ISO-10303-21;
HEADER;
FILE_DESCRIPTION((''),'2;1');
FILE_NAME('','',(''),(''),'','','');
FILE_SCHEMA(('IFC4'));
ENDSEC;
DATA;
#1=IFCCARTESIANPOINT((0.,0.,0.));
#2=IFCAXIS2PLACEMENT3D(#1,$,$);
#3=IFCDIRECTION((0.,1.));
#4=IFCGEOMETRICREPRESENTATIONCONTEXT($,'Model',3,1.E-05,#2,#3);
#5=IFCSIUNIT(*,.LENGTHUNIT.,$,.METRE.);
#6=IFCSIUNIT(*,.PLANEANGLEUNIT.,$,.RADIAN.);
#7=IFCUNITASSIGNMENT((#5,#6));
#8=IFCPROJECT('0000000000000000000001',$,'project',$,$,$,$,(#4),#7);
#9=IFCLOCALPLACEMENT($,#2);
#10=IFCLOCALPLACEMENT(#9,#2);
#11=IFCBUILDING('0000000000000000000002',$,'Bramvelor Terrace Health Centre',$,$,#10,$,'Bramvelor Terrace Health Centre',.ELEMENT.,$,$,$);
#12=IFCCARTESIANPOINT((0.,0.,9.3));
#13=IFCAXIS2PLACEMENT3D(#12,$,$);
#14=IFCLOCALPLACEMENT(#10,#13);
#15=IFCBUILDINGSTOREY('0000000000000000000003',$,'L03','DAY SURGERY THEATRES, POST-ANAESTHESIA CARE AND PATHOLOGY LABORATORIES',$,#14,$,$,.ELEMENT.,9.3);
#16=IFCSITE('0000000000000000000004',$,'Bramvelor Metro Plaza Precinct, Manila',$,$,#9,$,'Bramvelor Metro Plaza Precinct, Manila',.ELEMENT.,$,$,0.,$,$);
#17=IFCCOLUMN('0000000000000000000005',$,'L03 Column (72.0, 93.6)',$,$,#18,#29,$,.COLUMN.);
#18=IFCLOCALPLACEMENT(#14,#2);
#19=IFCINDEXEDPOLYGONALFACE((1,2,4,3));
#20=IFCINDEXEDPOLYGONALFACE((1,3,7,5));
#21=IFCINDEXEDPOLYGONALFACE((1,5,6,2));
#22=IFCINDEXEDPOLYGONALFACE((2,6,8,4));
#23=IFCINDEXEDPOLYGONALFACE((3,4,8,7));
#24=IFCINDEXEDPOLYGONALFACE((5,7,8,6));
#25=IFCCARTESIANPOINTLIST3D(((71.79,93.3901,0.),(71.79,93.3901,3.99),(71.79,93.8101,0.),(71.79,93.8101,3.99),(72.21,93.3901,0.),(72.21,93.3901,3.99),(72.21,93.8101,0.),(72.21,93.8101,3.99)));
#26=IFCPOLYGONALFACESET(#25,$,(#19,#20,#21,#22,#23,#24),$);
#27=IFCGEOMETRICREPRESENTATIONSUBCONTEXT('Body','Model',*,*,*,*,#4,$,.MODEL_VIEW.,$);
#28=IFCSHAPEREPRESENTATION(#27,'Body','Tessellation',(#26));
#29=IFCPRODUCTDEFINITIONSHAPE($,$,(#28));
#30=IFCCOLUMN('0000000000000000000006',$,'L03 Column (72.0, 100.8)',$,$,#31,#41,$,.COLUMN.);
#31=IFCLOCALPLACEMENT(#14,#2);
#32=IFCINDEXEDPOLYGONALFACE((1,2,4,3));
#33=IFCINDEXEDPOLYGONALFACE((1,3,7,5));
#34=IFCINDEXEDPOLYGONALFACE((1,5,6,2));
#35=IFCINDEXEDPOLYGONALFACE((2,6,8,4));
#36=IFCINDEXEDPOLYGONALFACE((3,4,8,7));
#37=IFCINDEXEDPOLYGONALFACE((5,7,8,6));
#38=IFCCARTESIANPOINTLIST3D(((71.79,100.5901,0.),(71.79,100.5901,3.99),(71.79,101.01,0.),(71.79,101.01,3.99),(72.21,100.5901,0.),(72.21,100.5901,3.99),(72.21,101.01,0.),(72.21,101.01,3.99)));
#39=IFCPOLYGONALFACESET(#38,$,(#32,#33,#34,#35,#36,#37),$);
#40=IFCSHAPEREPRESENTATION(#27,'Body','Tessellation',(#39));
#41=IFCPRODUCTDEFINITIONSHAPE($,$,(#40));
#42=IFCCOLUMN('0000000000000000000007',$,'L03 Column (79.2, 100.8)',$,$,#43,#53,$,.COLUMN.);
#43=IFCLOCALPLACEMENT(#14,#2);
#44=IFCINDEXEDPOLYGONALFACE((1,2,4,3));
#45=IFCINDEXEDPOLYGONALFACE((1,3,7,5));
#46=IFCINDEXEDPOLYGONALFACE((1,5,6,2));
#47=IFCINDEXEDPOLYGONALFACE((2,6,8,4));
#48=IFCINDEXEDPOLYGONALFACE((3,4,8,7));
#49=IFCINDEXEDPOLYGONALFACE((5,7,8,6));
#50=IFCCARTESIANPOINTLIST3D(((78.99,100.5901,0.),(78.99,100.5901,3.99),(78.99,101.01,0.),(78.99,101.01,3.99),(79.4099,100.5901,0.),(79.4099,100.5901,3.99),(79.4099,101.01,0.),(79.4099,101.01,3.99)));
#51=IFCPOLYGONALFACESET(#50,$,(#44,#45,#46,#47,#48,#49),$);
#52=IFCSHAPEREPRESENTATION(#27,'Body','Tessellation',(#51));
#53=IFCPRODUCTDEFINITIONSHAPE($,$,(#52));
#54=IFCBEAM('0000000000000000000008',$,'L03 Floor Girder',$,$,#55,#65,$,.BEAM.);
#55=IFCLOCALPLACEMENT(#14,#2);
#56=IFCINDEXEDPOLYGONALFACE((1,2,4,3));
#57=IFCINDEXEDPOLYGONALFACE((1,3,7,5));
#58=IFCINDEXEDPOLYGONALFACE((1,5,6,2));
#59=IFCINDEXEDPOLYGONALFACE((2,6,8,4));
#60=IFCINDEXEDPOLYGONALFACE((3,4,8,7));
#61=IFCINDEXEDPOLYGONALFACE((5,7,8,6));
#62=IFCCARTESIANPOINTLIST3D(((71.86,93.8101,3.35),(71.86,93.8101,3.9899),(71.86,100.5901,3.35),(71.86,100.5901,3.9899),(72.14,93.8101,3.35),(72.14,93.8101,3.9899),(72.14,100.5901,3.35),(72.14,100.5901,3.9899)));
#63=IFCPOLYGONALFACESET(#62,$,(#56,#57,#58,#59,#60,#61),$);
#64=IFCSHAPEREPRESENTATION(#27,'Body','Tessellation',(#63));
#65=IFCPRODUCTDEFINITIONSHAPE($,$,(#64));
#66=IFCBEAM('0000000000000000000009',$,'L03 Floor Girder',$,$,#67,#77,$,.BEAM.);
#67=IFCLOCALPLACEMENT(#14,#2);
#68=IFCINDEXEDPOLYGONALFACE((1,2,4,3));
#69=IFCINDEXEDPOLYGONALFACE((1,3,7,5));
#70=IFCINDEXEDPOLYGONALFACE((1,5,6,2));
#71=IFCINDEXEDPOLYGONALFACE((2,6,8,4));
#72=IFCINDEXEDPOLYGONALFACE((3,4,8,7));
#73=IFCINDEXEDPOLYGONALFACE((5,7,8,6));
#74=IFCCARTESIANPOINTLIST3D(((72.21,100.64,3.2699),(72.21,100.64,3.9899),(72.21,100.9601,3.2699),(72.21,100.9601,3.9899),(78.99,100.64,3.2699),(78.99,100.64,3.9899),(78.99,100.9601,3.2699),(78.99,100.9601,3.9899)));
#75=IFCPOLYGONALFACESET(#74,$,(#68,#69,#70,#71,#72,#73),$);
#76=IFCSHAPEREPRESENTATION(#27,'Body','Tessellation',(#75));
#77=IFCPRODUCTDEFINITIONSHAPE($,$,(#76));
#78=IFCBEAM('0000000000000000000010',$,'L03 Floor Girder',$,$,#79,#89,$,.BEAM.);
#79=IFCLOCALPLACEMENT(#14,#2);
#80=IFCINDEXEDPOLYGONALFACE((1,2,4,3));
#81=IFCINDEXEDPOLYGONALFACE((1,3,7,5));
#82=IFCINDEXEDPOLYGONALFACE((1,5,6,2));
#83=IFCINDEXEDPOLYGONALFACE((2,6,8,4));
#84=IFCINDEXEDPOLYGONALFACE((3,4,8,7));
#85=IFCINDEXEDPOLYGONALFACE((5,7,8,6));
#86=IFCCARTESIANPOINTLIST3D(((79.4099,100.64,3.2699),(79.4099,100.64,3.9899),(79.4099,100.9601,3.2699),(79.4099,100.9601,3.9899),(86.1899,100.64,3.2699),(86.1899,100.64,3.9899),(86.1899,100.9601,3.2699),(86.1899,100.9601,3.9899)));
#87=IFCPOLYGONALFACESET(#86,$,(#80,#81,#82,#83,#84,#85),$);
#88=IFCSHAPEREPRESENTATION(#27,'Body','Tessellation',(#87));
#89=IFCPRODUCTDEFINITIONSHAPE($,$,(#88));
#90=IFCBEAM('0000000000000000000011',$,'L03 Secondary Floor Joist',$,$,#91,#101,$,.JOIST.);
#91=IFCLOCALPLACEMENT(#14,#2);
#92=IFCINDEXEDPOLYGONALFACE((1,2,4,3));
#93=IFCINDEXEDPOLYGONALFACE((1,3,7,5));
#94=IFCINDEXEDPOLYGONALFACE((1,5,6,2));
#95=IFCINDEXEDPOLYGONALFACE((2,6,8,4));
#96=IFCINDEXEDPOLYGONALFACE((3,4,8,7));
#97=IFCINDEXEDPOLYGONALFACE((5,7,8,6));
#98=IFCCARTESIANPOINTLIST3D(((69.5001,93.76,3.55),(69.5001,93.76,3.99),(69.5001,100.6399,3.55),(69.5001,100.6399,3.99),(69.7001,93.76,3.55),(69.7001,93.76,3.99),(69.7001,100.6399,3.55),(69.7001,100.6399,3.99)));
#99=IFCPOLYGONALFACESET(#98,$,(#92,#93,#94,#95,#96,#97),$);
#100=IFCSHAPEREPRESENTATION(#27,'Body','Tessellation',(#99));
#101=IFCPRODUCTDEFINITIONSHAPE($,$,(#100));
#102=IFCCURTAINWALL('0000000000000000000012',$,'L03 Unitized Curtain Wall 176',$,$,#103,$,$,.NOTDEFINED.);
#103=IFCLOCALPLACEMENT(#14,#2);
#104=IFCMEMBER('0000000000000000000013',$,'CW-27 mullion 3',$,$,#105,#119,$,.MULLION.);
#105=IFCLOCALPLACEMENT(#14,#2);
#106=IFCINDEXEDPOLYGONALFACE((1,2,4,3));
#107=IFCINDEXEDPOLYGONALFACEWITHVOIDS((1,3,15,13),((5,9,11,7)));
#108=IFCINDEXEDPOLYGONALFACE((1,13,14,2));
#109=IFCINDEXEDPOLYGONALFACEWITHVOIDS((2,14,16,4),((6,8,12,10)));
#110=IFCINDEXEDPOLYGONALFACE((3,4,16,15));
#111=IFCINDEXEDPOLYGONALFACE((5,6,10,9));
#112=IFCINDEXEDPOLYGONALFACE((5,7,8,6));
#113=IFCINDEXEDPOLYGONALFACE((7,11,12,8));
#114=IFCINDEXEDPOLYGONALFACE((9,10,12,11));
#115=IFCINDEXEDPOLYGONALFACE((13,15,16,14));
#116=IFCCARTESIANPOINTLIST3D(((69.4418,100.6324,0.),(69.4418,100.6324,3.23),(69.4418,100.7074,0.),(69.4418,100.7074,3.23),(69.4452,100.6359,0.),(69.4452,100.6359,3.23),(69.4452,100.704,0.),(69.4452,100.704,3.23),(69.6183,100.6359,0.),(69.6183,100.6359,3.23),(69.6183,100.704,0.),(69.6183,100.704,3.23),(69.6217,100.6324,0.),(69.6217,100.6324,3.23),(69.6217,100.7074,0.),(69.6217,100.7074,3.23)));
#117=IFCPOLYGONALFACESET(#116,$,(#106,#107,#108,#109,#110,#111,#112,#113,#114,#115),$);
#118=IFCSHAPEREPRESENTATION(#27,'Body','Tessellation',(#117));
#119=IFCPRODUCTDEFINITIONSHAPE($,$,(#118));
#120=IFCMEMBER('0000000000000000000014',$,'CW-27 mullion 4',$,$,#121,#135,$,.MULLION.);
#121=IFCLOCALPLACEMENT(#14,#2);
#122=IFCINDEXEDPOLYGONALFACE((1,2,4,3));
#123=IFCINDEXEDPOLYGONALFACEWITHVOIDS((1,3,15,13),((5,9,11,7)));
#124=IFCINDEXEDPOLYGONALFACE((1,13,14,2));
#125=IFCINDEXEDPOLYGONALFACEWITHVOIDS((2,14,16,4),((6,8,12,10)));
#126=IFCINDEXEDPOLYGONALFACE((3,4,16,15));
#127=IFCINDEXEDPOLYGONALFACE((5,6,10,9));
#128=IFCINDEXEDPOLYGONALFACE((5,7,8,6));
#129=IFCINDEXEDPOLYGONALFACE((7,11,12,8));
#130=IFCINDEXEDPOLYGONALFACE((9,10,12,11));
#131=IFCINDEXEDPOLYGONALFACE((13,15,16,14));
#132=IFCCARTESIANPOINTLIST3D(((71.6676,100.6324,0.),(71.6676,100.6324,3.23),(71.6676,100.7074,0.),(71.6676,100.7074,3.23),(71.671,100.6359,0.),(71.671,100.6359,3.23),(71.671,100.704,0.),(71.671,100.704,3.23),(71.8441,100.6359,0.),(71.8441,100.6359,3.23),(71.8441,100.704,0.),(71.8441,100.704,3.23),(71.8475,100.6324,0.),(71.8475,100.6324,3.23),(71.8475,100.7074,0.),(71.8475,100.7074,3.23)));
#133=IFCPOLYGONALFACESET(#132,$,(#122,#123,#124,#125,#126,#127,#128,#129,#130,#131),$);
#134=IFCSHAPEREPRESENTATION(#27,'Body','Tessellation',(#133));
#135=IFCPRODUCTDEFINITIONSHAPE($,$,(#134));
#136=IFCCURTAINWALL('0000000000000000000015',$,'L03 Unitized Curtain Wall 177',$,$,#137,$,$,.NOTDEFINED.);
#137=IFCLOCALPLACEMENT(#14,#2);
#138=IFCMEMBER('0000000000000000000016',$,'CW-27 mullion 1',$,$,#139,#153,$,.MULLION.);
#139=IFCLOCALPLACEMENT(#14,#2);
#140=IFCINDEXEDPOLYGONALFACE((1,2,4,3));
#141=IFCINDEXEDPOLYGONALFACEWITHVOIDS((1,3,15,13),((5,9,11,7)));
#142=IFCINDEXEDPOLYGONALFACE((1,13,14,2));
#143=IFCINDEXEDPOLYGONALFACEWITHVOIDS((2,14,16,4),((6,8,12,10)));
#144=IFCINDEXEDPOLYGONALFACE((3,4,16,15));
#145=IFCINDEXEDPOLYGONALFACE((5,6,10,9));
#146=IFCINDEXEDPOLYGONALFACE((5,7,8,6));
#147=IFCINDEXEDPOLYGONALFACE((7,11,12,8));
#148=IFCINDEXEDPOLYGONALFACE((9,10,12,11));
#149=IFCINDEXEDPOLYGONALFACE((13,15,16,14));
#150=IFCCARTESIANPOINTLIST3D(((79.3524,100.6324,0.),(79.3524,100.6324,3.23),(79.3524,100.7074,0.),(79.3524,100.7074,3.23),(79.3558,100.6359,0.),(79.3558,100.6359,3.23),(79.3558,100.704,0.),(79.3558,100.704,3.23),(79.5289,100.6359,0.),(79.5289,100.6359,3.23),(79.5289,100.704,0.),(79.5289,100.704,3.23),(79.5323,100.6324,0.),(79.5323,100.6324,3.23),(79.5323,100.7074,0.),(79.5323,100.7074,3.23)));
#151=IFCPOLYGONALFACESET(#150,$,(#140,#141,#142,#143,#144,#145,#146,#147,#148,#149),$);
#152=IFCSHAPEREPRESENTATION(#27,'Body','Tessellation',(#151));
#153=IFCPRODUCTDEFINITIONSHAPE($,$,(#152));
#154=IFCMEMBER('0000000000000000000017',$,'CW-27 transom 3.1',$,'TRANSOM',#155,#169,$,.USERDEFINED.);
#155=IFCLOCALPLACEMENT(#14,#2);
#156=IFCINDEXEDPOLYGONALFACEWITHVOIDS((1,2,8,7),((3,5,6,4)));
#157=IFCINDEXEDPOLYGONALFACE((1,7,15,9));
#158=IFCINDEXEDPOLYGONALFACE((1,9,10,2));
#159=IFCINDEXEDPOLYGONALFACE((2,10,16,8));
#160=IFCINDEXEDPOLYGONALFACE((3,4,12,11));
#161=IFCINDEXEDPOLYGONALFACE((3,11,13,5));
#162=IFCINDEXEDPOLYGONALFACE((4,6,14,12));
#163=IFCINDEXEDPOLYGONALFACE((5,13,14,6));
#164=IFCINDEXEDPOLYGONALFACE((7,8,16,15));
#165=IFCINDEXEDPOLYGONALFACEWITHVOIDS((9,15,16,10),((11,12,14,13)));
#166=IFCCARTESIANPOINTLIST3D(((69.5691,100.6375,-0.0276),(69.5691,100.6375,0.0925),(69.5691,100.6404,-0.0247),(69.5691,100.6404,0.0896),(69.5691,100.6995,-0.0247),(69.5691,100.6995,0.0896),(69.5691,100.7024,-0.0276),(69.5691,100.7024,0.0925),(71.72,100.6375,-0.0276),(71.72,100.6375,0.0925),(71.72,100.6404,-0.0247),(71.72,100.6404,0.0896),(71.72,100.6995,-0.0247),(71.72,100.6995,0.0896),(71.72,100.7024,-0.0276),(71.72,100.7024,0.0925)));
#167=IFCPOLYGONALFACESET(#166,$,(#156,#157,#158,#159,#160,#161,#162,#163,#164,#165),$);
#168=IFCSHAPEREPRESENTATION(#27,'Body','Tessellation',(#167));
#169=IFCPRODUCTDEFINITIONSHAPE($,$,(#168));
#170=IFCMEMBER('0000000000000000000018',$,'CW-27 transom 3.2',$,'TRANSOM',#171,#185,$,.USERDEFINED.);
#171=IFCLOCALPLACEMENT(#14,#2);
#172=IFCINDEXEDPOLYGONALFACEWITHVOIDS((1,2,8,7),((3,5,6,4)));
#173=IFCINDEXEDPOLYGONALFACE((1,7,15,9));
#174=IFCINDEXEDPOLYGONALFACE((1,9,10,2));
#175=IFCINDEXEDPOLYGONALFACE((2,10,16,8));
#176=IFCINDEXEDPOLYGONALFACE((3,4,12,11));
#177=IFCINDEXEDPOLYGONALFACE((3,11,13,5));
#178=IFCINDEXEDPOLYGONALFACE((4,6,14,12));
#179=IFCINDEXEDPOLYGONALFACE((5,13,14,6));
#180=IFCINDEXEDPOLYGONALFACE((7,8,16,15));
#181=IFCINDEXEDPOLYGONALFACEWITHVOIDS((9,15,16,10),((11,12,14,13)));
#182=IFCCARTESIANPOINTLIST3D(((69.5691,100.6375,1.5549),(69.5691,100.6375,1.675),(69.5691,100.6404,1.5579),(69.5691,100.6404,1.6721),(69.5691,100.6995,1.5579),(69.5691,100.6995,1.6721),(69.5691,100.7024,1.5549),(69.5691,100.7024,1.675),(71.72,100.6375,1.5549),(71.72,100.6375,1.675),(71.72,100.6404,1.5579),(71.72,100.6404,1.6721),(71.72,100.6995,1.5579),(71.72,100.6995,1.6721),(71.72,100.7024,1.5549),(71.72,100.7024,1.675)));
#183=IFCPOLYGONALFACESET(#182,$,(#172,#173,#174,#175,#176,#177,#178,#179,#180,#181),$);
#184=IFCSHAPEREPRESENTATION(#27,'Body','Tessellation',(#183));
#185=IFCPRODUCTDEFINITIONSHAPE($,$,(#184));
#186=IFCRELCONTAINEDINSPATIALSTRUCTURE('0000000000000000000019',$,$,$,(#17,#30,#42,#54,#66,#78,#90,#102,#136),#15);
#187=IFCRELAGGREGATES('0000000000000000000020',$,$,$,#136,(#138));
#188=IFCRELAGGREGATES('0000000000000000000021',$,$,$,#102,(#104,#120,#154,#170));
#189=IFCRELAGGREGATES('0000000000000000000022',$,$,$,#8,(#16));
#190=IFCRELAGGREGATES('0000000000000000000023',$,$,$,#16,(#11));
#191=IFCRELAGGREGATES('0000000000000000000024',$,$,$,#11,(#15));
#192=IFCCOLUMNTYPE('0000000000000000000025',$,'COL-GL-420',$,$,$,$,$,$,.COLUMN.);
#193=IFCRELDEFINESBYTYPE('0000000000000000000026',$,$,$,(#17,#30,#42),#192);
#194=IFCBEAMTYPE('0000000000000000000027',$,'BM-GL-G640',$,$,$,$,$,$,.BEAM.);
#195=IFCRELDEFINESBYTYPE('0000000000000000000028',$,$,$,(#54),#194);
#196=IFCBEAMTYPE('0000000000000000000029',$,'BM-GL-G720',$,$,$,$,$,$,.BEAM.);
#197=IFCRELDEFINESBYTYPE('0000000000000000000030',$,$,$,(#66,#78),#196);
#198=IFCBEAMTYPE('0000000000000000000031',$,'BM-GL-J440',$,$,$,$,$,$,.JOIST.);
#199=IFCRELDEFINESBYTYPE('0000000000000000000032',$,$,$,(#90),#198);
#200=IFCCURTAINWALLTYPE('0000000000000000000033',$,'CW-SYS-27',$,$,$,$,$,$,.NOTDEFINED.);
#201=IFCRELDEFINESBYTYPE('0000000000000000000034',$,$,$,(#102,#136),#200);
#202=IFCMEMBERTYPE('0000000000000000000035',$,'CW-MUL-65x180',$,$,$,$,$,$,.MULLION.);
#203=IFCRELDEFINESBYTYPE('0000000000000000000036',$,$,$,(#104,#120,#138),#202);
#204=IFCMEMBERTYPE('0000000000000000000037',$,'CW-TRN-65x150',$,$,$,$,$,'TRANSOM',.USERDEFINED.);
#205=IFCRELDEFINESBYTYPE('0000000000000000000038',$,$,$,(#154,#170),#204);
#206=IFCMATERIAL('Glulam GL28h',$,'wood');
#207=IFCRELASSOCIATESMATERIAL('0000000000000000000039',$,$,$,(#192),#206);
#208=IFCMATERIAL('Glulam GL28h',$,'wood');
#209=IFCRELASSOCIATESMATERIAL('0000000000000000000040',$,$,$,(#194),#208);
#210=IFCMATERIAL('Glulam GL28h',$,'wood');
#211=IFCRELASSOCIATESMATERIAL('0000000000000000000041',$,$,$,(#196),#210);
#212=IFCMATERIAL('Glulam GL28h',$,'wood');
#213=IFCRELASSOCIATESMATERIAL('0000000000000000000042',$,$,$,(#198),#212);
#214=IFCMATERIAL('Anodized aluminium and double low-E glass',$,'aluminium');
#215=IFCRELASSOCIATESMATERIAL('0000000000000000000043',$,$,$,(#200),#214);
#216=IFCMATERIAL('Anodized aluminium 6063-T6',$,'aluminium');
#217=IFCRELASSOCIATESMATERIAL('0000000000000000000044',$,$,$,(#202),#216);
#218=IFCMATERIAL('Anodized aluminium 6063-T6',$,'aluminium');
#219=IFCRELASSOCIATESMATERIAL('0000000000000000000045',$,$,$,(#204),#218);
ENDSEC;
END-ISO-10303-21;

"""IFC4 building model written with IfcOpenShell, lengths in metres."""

from ifc_helpers import new_model, si_unit, direction, frame, origin, origin_2d, place, context, subcontext, project, spatial, rectangle, hollow_rectangle, extrude, material, material_profile, profile_set, type_object, element, aggregate, save


model = new_model("IFC4")

# Units and contexts
model_context = context("Model", 3, precision=1e-05, world=origin(), true_north=direction((0.0, 1.0)))
body_context = subcontext(model_context, "Body", "Model", "MODEL_VIEW")
ifc_project = project(units=[si_unit("LENGTHUNIT", "METRE"), si_unit("PLANEANGLEUNIT", "RADIAN")], contexts=[model_context])

# Site, building, storey
site_placement = place(None, origin())
site = spatial("IfcSite", under=ifc_project, at=site_placement, Name="Bramvelor Metro Plaza Precinct, Manila", LongName="Bramvelor Metro Plaza Precinct, Manila", CompositionType="ELEMENT", RefElevation=0.0)
building_placement = place(site_placement, origin())
building = spatial("IfcBuilding", under=site, at=building_placement, Name="Bramvelor Terrace Health Centre", LongName="Bramvelor Terrace Health Centre", CompositionType="ELEMENT")
storey_placement = place(building_placement, frame((0.0, 0.0, 9.3)))
storey = spatial("IfcBuildingStorey", under=building, at=storey_placement, Name="L03", Description="DAY SURGERY THEATRES, POST-ANAESTHESIA CARE AND PATHOLOGY LABORATORIES", CompositionType="ELEMENT", Elevation=9.3)

# Columns
ifc_material_1 = material(Name="Glulam GL28h", Category="wood")
ifc_material_profile_1 = material_profile(ifc_material_1, rectangle(XDim=0.4199, YDim=0.4199, at=origin_2d()), Name="GL 420x420")
ifc_profile_set_1 = profile_set([ifc_material_profile_1], Name="Glulam GL28h")
column_type = type_object("IfcColumnType", Name="COL-GL-420", PredefinedType="COLUMN", material=ifc_profile_set_1)
for number, where, z_axis, x_axis, name in (
    (1, (72.0, 93.6001, 0.0), (0.0, 0.0, 1.0), (1.0, 0.0, 0.0), "L03 Column (72.0, 93.6)"),
    (2, (72.0, 100.8, 0.0), (0.0, 0.0, 1.0), (1.0, 0.0, 0.0), "L03 Column (72.0, 100.8)"),
    (3, (79.2, 100.8, 0.0), (0.0, 0.0, 1.0), (1.0, 0.0, 0.0), "L03 Column (79.2, 100.8)"),
):
    element("IfcColumn", number, at=place(storey_placement, frame(where, z_axis=z_axis, x_axis=x_axis)), inside=storey, type_object=column_type, Name=name, PredefinedType="COLUMN", context=body_context, shape_type="SweptSolid", body=[
        extrude(rectangle(XDim=0.4199, YDim=0.4199, at=origin_2d()), origin(), (0.0, 0.0, 1.0), 3.99),
    ])

# Beams
ifc_material_2 = material(Name="Glulam GL28h", Category="wood")
ifc_material_profile_2 = material_profile(ifc_material_2, rectangle(XDim=0.28, YDim=0.6399, at=origin_2d()), Name="GL 280x640")
ifc_profile_set_2 = profile_set([ifc_material_profile_2], Name="Glulam GL28h")
beam_type_1 = type_object("IfcBeamType", Name="BM-GL-G640", PredefinedType="BEAM", material=ifc_profile_set_2)
beam_1_placement = place(storey_placement, frame((72.0, 93.8101, 3.6699), z_axis=(0.0, 1.0, 0.0), x_axis=(-1.0, 0.0, 0.0)))
element("IfcBeam", 4, at=beam_1_placement, inside=storey, type_object=beam_type_1, Name="L03 Floor Girder", PredefinedType="BEAM", context=body_context, shape_type="SweptSolid", body=[
    extrude(rectangle(XDim=0.28, YDim=0.6399, at=origin_2d()), origin(), (0.0, 0.0, 1.0), 6.78),
])
ifc_material_3 = material(Name="Glulam GL28h", Category="wood")
ifc_material_profile_3 = material_profile(ifc_material_3, rectangle(XDim=0.3201, YDim=0.72, at=origin_2d()), Name="GL 320x720")
ifc_profile_set_3 = profile_set([ifc_material_profile_3], Name="Glulam GL28h")
beam_type_2 = type_object("IfcBeamType", Name="BM-GL-G720", PredefinedType="BEAM", material=ifc_profile_set_3)
for number, where, z_axis, x_axis, name in (
    (5, (72.21, 100.8, 3.6299), (1.0, 0.0, 0.0), (0.0, 1.0, 0.0), "L03 Floor Girder"),
    (6, (79.4099, 100.8, 3.6299), (1.0, 0.0, 0.0), (0.0, 1.0, 0.0), "L03 Floor Girder"),
):
    element("IfcBeam", number, at=place(storey_placement, frame(where, z_axis=z_axis, x_axis=x_axis)), inside=storey, type_object=beam_type_2, Name=name, PredefinedType="BEAM", context=body_context, shape_type="SweptSolid", body=[
        extrude(rectangle(XDim=0.3201, YDim=0.72, at=origin_2d()), origin(), (0.0, 0.0, 1.0), 6.78),
    ])
ifc_material_4 = material(Name="Glulam GL28h", Category="wood")
ifc_material_profile_4 = material_profile(ifc_material_4, rectangle(XDim=0.2, YDim=0.4399, at=origin_2d()), Name="GL 200x440")
ifc_profile_set_4 = profile_set([ifc_material_profile_4], Name="Glulam GL28h")
beam_type_3 = type_object("IfcBeamType", Name="BM-GL-J440", PredefinedType="JOIST", material=ifc_profile_set_4)
beam_2_placement = place(storey_placement, frame((69.6001, 93.76, 3.77), z_axis=(0.0, 1.0, 0.0), x_axis=(-1.0, 0.0, 0.0)))
element("IfcBeam", 7, at=beam_2_placement, inside=storey, type_object=beam_type_3, Name="L03 Secondary Floor Joist", PredefinedType="JOIST", context=body_context, shape_type="SweptSolid", body=[
    extrude(rectangle(XDim=0.2, YDim=0.4399, at=origin_2d()), origin(), (0.0, 0.0, 1.0), 6.8799),
])

# Curtain wall, members
ifc_material_5 = material(Name="Anodized aluminium and double low-E glass", Category="aluminium")
curtain_wall_type = type_object("IfcCurtainWallType", Name="CW-SYS-27", PredefinedType="NOTDEFINED", material=ifc_material_5)
curtain_wall_1_placement = place(storey_placement, origin())
curtain_wall_1 = element("IfcCurtainWall", 8, at=curtain_wall_1_placement, inside=storey, type_object=curtain_wall_type, Name="L03 Unitized Curtain Wall 176", PredefinedType="NOTDEFINED")
ifc_material_6 = material(Name="Anodized aluminium 6063-T6", Category="aluminium")
ifc_material_profile_5 = material_profile(ifc_material_6, hollow_rectangle(XDim=0.075, YDim=0.1799, WallThickness=0.0034, at=origin_2d()), Name="ALU-MUL 75x180x3.5")
ifc_profile_set_5 = profile_set([ifc_material_profile_5], Name="Anodized aluminium 6063-T6")
member_type_1 = type_object("IfcMemberType", Name="CW-MUL-65x180", PredefinedType="MULLION", material=ifc_profile_set_5)
member_1_placement = place(storey_placement, frame((69.5317, 100.6699, 0.0), z_axis=(0.0, 0.0, 1.0), x_axis=(0.0, 1.0, 0.0)))
member_1 = element("IfcMember", 9, at=member_1_placement, type_object=member_type_1, Name="CW-27 mullion 3", PredefinedType="MULLION", context=body_context, shape_type="SweptSolid", body=[
    extrude(hollow_rectangle(XDim=0.075, YDim=0.1799, WallThickness=0.0034, at=origin_2d()), origin(), (0.0, 0.0, 1.0), 3.23),
])
member_2_placement = place(storey_placement, frame((71.7576, 100.6699, 0.0), z_axis=(0.0, 0.0, 1.0), x_axis=(0.0, 1.0, 0.0)))
member_2 = element("IfcMember", 10, at=member_2_placement, type_object=member_type_1, Name="CW-27 mullion 4", PredefinedType="MULLION", context=body_context, shape_type="SweptSolid", body=[
    extrude(hollow_rectangle(XDim=0.075, YDim=0.1799, WallThickness=0.0034, at=origin_2d()), origin(), (0.0, 0.0, 1.0), 3.23),
])

# Curtain wall, member
curtain_wall_2_placement = place(storey_placement, origin())
curtain_wall_2 = element("IfcCurtainWall", 11, at=curtain_wall_2_placement, inside=storey, type_object=curtain_wall_type, Name="L03 Unitized Curtain Wall 177", PredefinedType="NOTDEFINED")
member_3_placement = place(storey_placement, frame((79.4424, 100.6699, 0.0), z_axis=(0.0, 0.0, 1.0), x_axis=(0.0, 1.0, 0.0)))
member_3 = element("IfcMember", 12, at=member_3_placement, type_object=member_type_1, Name="CW-27 mullion 1", PredefinedType="MULLION", context=body_context, shape_type="SweptSolid", body=[
    extrude(hollow_rectangle(XDim=0.075, YDim=0.1799, WallThickness=0.0034, at=origin_2d()), origin(), (0.0, 0.0, 1.0), 3.23),
])

# Members
ifc_material_7 = material(Name="Anodized aluminium 6063-T6", Category="aluminium")
ifc_material_profile_6 = material_profile(ifc_material_7, hollow_rectangle(XDim=0.0649, YDim=0.1201, WallThickness=0.0029, at=origin_2d()), Name="ALU-TRN 65x120x3.0")
ifc_profile_set_6 = profile_set([ifc_material_profile_6], Name="Anodized aluminium 6063-T6")
member_type_2 = type_object("IfcMemberType", Name="CW-TRN-65x150", ElementType="TRANSOM", PredefinedType="USERDEFINED", material=ifc_profile_set_6)
member_4_placement = place(storey_placement, frame((69.5691, 100.6699, 0.0325), z_axis=(1.0, 0.0, 0.0), x_axis=(0.0, 1.0, 0.0)))
member_4 = element("IfcMember", 13, at=member_4_placement, type_object=member_type_2, Name="CW-27 transom 3.1", ObjectType="TRANSOM", PredefinedType="USERDEFINED", context=body_context, shape_type="SweptSolid", body=[
    extrude(hollow_rectangle(XDim=0.0649, YDim=0.1201, WallThickness=0.0029, at=origin_2d()), origin(), (0.0, 0.0, 1.0), 2.1509),
])
member_5_placement = place(storey_placement, frame((69.5691, 100.6699, 1.615), z_axis=(1.0, 0.0, 0.0), x_axis=(0.0, 1.0, 0.0)))
member_5 = element("IfcMember", 14, at=member_5_placement, type_object=member_type_2, Name="CW-27 transom 3.2", ObjectType="TRANSOM", PredefinedType="USERDEFINED", context=body_context, shape_type="SweptSolid", body=[
    extrude(hollow_rectangle(XDim=0.0649, YDim=0.1201, WallThickness=0.0029, at=origin_2d()), origin(), (0.0, 0.0, 1.0), 2.1509),
])
aggregate(curtain_wall_2, [member_3])

aggregate(curtain_wall_1, [member_1, member_2, member_4, member_5])

save(model, "model.ifc")
